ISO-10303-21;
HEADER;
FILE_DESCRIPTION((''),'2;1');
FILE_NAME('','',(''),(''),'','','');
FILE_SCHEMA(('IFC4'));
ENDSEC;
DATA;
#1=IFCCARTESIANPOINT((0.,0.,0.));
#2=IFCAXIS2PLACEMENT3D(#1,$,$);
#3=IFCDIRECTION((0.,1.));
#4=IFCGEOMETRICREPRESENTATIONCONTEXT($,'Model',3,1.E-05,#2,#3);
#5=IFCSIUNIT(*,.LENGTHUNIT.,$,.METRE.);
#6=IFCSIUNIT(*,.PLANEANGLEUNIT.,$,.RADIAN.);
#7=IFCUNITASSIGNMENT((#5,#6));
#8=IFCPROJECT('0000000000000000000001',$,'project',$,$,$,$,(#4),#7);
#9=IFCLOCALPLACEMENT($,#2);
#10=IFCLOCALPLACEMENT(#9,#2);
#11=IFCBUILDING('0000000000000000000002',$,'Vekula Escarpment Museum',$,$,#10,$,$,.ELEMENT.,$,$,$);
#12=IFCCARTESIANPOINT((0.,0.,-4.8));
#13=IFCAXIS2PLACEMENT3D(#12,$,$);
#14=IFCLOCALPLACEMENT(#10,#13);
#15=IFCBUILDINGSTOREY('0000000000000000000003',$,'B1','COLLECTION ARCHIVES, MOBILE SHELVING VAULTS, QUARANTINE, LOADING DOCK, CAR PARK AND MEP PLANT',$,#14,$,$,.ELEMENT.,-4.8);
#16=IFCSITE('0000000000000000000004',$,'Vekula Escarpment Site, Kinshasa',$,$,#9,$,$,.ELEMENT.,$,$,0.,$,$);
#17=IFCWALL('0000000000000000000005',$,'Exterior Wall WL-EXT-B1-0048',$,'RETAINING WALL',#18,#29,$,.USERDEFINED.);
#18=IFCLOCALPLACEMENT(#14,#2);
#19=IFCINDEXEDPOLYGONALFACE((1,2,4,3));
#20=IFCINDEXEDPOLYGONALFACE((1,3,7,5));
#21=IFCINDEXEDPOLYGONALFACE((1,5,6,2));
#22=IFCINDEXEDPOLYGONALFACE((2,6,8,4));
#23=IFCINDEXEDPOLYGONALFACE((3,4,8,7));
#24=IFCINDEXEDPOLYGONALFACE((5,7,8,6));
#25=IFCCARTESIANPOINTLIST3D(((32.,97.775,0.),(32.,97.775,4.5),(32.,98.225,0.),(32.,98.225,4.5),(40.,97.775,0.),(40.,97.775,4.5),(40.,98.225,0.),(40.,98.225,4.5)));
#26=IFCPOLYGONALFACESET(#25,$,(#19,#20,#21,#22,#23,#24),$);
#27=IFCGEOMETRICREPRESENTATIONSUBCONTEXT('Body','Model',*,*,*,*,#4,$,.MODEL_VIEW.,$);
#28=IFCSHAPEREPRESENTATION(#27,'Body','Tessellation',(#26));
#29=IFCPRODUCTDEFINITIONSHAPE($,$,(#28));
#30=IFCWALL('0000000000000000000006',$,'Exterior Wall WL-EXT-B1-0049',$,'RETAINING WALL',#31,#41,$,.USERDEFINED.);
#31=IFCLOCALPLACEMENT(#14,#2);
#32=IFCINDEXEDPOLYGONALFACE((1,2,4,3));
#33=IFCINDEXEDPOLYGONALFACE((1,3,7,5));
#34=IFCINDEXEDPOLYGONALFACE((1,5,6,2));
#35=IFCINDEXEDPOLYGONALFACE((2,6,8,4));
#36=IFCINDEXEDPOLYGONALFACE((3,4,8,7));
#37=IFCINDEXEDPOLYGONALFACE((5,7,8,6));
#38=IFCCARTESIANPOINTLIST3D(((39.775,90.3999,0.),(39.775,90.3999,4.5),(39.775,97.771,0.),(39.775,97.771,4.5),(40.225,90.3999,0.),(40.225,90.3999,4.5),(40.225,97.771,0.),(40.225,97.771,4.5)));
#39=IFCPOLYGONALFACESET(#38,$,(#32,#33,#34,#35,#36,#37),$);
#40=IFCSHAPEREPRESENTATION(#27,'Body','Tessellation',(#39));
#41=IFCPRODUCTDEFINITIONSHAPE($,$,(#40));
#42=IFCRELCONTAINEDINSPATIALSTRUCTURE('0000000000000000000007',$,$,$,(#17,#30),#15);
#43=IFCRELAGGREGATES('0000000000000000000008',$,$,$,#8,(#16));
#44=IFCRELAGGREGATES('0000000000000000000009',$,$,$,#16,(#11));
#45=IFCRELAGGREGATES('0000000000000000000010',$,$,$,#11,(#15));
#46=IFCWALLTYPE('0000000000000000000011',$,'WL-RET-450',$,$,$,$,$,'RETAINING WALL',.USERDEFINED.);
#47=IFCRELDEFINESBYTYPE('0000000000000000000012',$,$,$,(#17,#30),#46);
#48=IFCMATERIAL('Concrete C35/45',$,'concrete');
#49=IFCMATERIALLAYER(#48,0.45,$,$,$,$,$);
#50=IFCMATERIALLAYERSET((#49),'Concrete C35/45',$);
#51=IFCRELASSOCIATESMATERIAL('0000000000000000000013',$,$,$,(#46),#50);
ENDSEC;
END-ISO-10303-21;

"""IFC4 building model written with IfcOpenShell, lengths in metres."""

from ifc_helpers import new_model, si_unit, direction, frame, frame_2d, origin, place, context, subcontext, project, spatial, rectangle, extrude, material, layer, layer_set, type_object, element, save


model = new_model("IFC4")

# Units and contexts
model_context = context("Model", 3, precision=1e-05, world=origin(), true_north=direction((0.0, 1.0)))
body_context = subcontext(model_context, "Body", "Model", "MODEL_VIEW")
ifc_project = project(units=[si_unit("LENGTHUNIT", "METRE"), si_unit("PLANEANGLEUNIT", "RADIAN")], contexts=[model_context])

# Site, building, storey
site_placement = place(None, origin())
site = spatial("IfcSite", under=ifc_project, at=site_placement, Name="Vekula Escarpment Site, Kinshasa", CompositionType="ELEMENT", RefElevation=0.0)
building_placement = place(site_placement, origin())
building = spatial("IfcBuilding", under=site, at=building_placement, Name="Vekula Escarpment Museum", CompositionType="ELEMENT")
storey_placement = place(building_placement, frame((0.0, 0.0, -4.8)))
storey = spatial("IfcBuildingStorey", under=building, at=storey_placement, Name="B1", Description="COLLECTION ARCHIVES, MOBILE SHELVING VAULTS, QUARANTINE, LOADING DOCK, CAR PARK AND MEP PLANT", CompositionType="ELEMENT", Elevation=-4.8)

# Walls
ifc_material_1 = material(Name="Concrete C35/45", Category="concrete")
ifc_layer_1 = layer(ifc_material_1, 0.45)
ifc_layer_set_1 = layer_set([ifc_layer_1], Name="Concrete C35/45")
wall_type_1 = type_object("IfcWallType", Name="WL-RET-450", ElementType="RETAINING WALL", PredefinedType="USERDEFINED", material=ifc_layer_set_1)
wall_1_placement = place(storey_placement, frame((40.0, 98.0, 0.0), z_axis=(0.0, 0.0, 1.0), x_axis=(-1.0, 0.0, 0.0)))
element("IfcWall", 1, at=wall_1_placement, inside=storey, type_object=wall_type_1, Name="Exterior Wall WL-EXT-B1-0048", ObjectType="RETAINING WALL", PredefinedType="USERDEFINED", context=body_context, shape_type="SweptSolid", body=[
    extrude(rectangle(XDim=8.0, YDim=0.45, at=frame_2d((4.0, 0.0))), origin(), (0.0, 0.0, 1.0), 4.5),
])
wall_2_placement = place(storey_placement, frame((40.0, 90.3999, 0.0), z_axis=(0.0, 0.0, 1.0), x_axis=(0.0, 1.0, 0.0)))
element("IfcWall", 2, at=wall_2_placement, inside=storey, type_object=wall_type_1, Name="Exterior Wall WL-EXT-B1-0049", ObjectType="RETAINING WALL", PredefinedType="USERDEFINED", context=body_context, shape_type="SweptSolid", body=[
    extrude(rectangle(XDim=7.3711, YDim=0.45, at=frame_2d((3.6855, 0.0))), origin(), (0.0, 0.0, 1.0), 4.5),
])

save(model, "model.ifc")
